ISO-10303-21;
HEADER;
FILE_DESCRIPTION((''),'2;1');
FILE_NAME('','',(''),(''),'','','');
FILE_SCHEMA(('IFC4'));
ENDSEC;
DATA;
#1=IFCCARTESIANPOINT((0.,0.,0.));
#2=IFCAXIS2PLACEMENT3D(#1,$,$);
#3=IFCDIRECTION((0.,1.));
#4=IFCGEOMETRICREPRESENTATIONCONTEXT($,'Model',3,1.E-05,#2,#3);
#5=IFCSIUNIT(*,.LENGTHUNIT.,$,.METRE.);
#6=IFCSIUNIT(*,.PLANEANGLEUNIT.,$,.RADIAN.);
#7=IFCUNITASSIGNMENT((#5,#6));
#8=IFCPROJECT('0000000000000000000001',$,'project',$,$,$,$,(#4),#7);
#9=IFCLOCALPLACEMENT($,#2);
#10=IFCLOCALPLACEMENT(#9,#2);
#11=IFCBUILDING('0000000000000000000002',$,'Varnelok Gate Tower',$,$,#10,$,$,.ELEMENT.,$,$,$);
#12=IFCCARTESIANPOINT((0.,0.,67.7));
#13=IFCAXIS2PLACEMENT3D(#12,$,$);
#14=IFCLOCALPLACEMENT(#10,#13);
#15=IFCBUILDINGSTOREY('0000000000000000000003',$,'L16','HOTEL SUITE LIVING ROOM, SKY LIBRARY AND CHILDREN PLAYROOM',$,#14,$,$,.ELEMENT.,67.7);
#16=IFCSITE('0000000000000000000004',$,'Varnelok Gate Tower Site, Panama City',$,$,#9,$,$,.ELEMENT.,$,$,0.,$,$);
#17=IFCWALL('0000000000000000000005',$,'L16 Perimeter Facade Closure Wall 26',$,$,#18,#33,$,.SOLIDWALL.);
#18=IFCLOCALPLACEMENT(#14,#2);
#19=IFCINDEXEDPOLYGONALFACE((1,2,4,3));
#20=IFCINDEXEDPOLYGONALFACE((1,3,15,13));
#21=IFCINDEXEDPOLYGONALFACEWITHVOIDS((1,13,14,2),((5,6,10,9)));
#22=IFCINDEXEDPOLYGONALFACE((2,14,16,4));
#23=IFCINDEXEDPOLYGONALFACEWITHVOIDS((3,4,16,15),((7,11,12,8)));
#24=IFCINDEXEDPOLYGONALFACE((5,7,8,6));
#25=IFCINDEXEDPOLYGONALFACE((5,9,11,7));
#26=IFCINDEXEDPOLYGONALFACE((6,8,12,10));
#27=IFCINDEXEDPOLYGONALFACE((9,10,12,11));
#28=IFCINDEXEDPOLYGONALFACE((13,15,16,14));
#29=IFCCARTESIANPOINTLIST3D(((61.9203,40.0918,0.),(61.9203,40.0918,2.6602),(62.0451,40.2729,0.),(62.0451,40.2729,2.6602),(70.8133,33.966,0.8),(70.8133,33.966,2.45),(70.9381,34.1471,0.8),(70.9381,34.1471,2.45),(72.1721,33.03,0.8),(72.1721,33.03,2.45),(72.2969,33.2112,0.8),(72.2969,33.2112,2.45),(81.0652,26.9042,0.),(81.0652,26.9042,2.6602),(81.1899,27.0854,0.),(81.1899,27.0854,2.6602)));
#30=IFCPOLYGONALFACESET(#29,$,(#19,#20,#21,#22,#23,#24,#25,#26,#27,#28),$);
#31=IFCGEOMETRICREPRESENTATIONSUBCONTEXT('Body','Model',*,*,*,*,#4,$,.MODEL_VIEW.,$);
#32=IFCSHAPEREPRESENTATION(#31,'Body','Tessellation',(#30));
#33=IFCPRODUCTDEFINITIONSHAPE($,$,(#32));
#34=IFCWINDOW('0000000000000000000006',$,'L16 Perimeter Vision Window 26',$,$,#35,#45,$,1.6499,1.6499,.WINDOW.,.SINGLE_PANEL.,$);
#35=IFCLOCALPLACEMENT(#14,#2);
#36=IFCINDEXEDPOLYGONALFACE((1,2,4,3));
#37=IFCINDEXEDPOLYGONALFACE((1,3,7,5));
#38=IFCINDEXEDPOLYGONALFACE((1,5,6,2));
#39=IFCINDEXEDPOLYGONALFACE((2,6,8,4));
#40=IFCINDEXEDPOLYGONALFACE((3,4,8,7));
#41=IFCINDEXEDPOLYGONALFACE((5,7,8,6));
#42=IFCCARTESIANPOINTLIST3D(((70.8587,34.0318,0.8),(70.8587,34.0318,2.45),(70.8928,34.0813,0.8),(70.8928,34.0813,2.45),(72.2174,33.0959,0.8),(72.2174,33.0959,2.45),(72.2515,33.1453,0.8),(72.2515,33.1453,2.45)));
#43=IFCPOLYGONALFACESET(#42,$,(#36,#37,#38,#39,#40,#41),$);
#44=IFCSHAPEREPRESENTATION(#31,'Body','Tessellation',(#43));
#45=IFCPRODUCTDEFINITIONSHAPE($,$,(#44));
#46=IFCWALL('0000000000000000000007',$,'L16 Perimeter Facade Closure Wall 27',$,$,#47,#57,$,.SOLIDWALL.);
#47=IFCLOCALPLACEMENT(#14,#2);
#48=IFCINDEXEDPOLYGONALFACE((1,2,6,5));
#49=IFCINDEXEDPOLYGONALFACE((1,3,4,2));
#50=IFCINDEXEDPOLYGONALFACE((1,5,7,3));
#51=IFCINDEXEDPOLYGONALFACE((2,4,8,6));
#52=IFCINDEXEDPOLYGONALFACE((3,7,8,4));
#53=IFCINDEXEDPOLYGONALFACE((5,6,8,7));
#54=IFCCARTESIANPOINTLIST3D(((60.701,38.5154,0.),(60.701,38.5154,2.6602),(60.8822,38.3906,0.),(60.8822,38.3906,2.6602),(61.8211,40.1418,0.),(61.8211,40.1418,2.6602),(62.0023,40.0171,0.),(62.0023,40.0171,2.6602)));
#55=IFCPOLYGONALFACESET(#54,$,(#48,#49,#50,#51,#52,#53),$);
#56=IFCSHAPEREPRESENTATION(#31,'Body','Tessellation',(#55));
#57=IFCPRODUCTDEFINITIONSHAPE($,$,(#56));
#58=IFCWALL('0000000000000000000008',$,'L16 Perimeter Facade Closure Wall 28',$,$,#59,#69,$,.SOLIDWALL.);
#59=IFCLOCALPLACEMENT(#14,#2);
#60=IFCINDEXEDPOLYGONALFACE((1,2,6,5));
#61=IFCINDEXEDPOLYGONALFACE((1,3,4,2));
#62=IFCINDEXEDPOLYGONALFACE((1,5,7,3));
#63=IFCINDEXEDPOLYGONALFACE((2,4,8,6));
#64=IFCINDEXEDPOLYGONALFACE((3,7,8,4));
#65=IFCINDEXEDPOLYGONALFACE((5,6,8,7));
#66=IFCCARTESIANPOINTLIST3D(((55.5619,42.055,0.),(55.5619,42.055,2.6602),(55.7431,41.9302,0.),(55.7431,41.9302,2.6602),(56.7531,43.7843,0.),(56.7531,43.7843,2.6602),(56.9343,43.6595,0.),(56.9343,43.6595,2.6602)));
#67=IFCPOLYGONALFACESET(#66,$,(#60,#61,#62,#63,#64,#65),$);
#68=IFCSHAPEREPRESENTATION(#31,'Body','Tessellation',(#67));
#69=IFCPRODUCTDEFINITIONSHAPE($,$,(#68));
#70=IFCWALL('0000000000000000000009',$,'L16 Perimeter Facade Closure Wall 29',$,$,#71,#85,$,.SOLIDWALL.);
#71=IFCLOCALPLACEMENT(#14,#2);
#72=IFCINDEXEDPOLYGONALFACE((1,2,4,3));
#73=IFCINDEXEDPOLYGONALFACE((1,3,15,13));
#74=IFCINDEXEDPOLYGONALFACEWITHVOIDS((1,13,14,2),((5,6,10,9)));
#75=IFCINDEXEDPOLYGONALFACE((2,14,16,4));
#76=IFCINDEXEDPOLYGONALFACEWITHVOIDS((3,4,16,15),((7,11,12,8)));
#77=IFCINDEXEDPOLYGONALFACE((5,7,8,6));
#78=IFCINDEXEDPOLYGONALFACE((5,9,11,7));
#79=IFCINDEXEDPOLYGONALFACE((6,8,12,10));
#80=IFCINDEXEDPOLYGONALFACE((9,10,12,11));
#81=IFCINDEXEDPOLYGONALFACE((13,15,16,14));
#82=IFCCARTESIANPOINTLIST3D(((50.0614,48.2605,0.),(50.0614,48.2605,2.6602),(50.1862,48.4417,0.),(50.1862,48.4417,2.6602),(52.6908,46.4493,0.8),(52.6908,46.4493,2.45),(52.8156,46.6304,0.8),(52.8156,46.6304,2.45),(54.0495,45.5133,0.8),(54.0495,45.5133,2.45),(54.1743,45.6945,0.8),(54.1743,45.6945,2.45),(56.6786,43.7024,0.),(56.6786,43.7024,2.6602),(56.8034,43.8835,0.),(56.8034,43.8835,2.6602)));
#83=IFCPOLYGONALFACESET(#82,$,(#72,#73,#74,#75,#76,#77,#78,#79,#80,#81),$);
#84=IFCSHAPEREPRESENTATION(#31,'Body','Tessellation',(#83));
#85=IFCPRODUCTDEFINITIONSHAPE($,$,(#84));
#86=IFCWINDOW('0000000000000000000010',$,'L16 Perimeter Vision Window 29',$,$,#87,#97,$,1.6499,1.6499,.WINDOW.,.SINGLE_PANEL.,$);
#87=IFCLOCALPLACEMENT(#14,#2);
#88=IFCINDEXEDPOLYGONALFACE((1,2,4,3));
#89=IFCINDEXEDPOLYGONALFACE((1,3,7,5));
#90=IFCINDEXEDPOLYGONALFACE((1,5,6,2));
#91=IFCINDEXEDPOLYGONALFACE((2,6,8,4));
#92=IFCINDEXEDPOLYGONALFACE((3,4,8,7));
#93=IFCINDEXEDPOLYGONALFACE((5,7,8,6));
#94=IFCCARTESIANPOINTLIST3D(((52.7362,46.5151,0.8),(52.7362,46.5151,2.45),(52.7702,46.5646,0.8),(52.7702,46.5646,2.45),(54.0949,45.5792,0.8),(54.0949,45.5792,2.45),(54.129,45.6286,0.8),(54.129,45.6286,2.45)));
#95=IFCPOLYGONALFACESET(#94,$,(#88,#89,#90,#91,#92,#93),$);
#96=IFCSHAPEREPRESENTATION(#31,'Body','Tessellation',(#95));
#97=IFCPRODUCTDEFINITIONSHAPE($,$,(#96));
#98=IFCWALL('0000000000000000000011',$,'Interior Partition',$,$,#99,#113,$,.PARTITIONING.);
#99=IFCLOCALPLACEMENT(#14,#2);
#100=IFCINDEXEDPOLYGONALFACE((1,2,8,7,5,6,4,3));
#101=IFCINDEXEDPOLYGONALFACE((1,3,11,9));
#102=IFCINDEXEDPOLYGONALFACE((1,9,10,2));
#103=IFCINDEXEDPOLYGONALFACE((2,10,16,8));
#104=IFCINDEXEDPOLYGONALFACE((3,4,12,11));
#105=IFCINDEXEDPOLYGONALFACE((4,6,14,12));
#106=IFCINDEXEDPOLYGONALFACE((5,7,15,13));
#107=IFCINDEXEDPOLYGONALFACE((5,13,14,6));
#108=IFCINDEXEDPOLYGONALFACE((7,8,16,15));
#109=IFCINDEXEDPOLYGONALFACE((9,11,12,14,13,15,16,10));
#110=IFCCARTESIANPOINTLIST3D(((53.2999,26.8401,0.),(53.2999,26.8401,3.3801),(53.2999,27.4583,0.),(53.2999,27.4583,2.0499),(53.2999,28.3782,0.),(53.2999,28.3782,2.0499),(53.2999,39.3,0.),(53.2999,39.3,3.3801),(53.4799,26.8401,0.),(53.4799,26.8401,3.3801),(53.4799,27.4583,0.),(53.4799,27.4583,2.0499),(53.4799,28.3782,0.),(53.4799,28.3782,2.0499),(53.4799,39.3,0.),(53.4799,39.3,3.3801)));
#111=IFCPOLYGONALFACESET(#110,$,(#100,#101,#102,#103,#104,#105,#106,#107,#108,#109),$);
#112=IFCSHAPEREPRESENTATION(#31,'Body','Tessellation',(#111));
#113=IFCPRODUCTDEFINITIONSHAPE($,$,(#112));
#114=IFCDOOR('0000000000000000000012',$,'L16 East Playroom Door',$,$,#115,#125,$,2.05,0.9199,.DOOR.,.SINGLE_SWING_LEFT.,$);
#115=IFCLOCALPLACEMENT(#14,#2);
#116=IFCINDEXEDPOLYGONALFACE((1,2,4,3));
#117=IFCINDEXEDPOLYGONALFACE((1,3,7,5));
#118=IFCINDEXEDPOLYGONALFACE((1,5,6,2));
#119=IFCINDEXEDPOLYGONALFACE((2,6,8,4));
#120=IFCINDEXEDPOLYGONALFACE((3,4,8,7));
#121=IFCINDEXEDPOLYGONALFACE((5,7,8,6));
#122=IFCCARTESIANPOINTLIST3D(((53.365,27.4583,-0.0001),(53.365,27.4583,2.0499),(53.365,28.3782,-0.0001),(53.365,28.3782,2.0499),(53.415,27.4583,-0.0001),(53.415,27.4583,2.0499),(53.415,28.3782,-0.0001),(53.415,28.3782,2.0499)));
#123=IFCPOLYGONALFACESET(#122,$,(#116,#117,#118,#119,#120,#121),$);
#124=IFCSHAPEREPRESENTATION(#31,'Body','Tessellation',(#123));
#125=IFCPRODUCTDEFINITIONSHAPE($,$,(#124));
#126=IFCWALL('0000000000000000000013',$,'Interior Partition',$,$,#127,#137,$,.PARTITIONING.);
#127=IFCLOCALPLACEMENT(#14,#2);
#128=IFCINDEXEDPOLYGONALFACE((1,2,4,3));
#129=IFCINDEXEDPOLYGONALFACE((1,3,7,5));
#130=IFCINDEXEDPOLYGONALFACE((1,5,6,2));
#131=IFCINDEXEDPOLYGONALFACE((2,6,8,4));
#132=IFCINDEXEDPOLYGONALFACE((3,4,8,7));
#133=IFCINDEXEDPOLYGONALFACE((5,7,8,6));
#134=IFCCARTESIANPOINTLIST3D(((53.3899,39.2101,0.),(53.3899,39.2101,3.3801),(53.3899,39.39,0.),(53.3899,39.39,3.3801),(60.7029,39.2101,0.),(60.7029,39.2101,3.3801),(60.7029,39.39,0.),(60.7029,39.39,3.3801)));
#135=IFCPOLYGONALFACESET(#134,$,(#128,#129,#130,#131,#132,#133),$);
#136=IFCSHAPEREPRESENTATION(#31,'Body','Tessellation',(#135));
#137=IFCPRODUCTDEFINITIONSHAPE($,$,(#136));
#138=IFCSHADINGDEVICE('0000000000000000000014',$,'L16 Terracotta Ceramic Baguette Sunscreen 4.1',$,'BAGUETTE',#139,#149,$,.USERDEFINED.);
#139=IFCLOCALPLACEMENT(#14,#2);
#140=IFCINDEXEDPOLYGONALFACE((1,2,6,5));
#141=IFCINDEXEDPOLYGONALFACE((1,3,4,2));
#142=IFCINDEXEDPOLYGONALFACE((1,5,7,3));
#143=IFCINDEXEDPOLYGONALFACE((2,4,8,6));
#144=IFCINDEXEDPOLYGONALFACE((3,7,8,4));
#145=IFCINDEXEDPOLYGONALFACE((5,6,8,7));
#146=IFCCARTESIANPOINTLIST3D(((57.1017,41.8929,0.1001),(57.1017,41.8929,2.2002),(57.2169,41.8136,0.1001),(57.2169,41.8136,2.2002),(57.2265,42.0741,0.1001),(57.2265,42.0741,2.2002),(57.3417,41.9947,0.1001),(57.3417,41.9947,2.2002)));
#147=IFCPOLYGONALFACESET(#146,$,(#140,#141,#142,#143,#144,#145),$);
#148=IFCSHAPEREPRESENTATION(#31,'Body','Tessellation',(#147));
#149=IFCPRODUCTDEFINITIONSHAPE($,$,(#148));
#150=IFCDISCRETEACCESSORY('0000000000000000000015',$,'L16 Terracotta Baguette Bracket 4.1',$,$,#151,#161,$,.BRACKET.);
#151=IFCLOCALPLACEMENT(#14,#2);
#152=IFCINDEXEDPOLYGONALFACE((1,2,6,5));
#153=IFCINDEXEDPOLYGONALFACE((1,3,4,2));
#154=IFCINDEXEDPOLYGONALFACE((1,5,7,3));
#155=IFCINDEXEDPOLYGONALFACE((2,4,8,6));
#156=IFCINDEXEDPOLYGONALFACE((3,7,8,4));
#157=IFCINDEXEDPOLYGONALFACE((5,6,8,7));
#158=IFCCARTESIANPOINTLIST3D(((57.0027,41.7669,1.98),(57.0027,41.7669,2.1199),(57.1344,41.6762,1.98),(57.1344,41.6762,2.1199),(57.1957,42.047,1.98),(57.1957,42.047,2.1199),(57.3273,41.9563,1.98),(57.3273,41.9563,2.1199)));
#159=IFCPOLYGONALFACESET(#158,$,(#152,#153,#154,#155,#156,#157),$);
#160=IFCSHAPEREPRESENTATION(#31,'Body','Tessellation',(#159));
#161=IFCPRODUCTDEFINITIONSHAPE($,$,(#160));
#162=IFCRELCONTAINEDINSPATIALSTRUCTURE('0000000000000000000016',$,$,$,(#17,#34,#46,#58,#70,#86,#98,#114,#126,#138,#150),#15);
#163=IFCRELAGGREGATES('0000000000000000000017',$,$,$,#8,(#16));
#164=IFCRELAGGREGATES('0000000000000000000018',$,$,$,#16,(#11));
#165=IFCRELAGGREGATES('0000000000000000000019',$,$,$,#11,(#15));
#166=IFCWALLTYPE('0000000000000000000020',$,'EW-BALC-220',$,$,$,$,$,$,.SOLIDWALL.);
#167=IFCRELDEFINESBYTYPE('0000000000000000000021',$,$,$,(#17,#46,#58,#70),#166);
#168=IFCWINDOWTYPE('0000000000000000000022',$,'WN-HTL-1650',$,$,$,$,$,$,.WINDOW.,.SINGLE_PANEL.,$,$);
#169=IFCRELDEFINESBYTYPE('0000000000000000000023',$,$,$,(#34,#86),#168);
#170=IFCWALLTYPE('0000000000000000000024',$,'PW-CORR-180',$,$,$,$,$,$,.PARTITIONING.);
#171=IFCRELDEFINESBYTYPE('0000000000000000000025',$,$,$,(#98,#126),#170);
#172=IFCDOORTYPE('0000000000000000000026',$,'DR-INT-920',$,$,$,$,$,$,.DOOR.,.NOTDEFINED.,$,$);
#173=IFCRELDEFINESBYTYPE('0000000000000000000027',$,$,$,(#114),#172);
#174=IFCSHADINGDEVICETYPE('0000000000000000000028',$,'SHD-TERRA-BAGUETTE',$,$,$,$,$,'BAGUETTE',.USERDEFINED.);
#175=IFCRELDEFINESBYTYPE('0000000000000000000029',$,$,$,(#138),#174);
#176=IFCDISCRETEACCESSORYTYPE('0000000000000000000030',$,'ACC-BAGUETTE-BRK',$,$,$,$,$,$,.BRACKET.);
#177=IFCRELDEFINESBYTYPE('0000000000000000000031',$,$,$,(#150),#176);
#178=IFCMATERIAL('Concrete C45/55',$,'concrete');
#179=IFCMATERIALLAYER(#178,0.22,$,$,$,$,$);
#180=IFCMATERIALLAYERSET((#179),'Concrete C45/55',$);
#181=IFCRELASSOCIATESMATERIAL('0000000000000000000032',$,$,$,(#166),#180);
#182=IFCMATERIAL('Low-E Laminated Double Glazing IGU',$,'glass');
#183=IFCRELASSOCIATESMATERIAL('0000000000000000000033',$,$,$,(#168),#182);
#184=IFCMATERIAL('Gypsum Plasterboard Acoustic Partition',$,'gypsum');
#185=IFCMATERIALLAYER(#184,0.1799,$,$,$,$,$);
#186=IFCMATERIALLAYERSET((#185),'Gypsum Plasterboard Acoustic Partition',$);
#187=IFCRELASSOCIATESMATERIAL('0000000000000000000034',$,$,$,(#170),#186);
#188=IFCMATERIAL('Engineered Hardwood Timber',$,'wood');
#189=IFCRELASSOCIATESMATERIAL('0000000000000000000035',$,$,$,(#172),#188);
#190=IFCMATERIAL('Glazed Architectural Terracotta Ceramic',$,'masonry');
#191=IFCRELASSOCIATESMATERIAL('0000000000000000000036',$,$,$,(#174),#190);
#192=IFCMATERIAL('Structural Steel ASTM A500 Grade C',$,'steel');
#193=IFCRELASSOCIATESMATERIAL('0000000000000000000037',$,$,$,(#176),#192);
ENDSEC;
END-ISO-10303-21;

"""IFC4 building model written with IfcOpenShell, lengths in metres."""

from ifc_helpers import new_model, si_unit, direction, frame, frame_2d, origin, origin_2d, place, context, subcontext, project, spatial, rectangle, extrude, source, transform, mapped, material, layer, layer_set, type_object, element, fill, save


model = new_model("IFC4")

# Units and contexts
model_context = context("Model", 3, precision=1e-05, world=origin(), true_north=direction((0.0, 1.0)))
body_context = subcontext(model_context, "Body", "Model", "MODEL_VIEW")
ifc_project = project(units=[si_unit("LENGTHUNIT", "METRE"), si_unit("PLANEANGLEUNIT", "RADIAN")], contexts=[model_context])

# Site, building, storey
site_placement = place(None, origin())
site = spatial("IfcSite", under=ifc_project, at=site_placement, Name="Varnelok Gate Tower Site, Panama City", CompositionType="ELEMENT", RefElevation=0.0)
building_placement = place(site_placement, origin())
building = spatial("IfcBuilding", under=site, at=building_placement, Name="Varnelok Gate Tower", CompositionType="ELEMENT")
storey_placement = place(building_placement, frame((0.0, 0.0, 67.7)))
storey = spatial("IfcBuildingStorey", under=building, at=storey_placement, Name="L16", Description="HOTEL SUITE LIVING ROOM, SKY LIBRARY AND CHILDREN PLAYROOM", CompositionType="ELEMENT", Elevation=67.7)

# Shared definitions
ifc_material_1 = material(Name="Concrete C45/55", Category="concrete")
ifc_layer_1 = layer(ifc_material_1, 0.22)
ifc_layer_set_1 = layer_set([ifc_layer_1], Name="Concrete C45/55")
wall_type_1 = type_object("IfcWallType", Name="EW-BALC-220", PredefinedType="SOLIDWALL", material=ifc_layer_set_1)

# Wall, opening, window
wall_1_placement = place(storey_placement, frame((81.1274, 26.9949, 0.0), z_axis=(0.0, 0.0, 1.0), x_axis=(-0.82353, 0.567272, 0.0)))
wall_1 = element("IfcWall", 1, at=wall_1_placement, inside=storey, type_object=wall_type_1, Name="L16 Perimeter Facade Closure Wall 26", PredefinedType="SOLIDWALL", context=body_context, shape_type="SweptSolid", body=[
    extrude(rectangle(XDim=23.2473, YDim=0.22, at=frame_2d((11.6235, 0.0))), origin(), (0.0, 0.0, 1.0), 2.6602),
])
opening_1_placement = place(wall_1_placement, frame((10.7986, 0.0, 0.8)))
opening_1 = element("IfcOpeningElement", 2, at=opening_1_placement, cuts=wall_1, PredefinedType="OPENING", context=body_context, shape_type="SweptSolid", body=[
    extrude(rectangle(XDim=1.6499, YDim=1.6499, at=frame_2d((0.825, 0.825))), frame((0.0, 0.1199, 0.0), z_axis=(0.0, -1.0, 0.0), x_axis=(1.0, 0.0, 0.0)), (0.0, 0.0, 1.0), 0.24),
])
ifc_material_2 = material(Name="Low-E Laminated Double Glazing IGU", Category="glass")
window_type = type_object("IfcWindowType", Name="WN-HTL-1650", PartitioningType="SINGLE_PANEL", PredefinedType="WINDOW", material=ifc_material_2)
window_1_placement = place(opening_1_placement, origin())
window_1 = element("IfcWindow", 3, at=window_1_placement, inside=storey, type_object=window_type, Name="L16 Perimeter Vision Window 26", OverallHeight=1.6499, OverallWidth=1.6499, PartitioningType="SINGLE_PANEL", PredefinedType="WINDOW", context=body_context, shape_type="SweptSolid", body=[
    extrude(rectangle(XDim=1.6499, YDim=1.6499, at=frame_2d((0.825, 0.825))), frame((0.0, 0.03, 0.0), z_axis=(0.0, -1.0, 0.0), x_axis=(1.0, 0.0, 0.0)), (0.0, 0.0, 1.0), 0.0601),
])
fill(opening_1, window_1)

# Walls
wall_2_placement = place(storey_placement, frame((61.9116, 40.0793, 0.0), z_axis=(0.0, 0.0, 1.0), x_axis=(-0.56719, -0.823587, 0.0)))
element("IfcWall", 4, at=wall_2_placement, inside=storey, type_object=wall_type_1, Name="L16 Perimeter Facade Closure Wall 27", PredefinedType="SOLIDWALL", context=body_context, shape_type="SweptSolid", body=[
    extrude(rectangle(XDim=1.9749, YDim=0.22, at=frame_2d((0.9873, 0.0))), origin(), (0.0, 0.0, 1.0), 2.6602),
])
wall_3_placement = place(storey_placement, frame((55.6526, 41.9927, 0.0), z_axis=(0.0, 0.0, 1.0), x_axis=(0.567274, 0.823529, 0.0)))
element("IfcWall", 5, at=wall_3_placement, inside=storey, type_object=wall_type_1, Name="L16 Perimeter Facade Closure Wall 28", PredefinedType="SOLIDWALL", context=body_context, shape_type="SweptSolid", body=[
    extrude(rectangle(XDim=2.0999, YDim=0.22, at=frame_2d((1.0498, 0.0))), origin(), (0.0, 0.0, 1.0), 2.6602),
])

# Wall, opening, window
wall_4_placement = place(storey_placement, frame((56.741, 43.793, 0.0), z_axis=(0.0, 0.0, 1.0), x_axis=(-0.823531, 0.567271, 0.0)))
wall_4 = element("IfcWall", 6, at=wall_4_placement, inside=storey, type_object=wall_type_1, Name="L16 Perimeter Facade Closure Wall 29", PredefinedType="SOLIDWALL", context=body_context, shape_type="SweptSolid", body=[
    extrude(rectangle(XDim=8.0352, YDim=0.22, at=frame_2d((4.0176, 0.0))), origin(), (0.0, 0.0, 1.0), 2.6602),
])
opening_2_placement = place(wall_4_placement, frame((3.1924, 0.0, 0.8)))
opening_2 = element("IfcOpeningElement", 7, at=opening_2_placement, cuts=wall_4, PredefinedType="OPENING", context=body_context, shape_type="SweptSolid", body=[
    extrude(rectangle(XDim=1.6499, YDim=1.6499, at=frame_2d((0.825, 0.825))), frame((0.0, 0.1199, 0.0), z_axis=(0.0, -1.0, 0.0), x_axis=(1.0, 0.0, 0.0)), (0.0, 0.0, 1.0), 0.24),
])
window_2_placement = place(opening_2_placement, origin())
window_2 = element("IfcWindow", 8, at=window_2_placement, inside=storey, type_object=window_type, Name="L16 Perimeter Vision Window 29", OverallHeight=1.6499, OverallWidth=1.6499, PartitioningType="SINGLE_PANEL", PredefinedType="WINDOW", context=body_context, shape_type="SweptSolid", body=[
    extrude(rectangle(XDim=1.6499, YDim=1.6499, at=frame_2d((0.825, 0.825))), frame((0.0, 0.03, 0.0), z_axis=(0.0, -1.0, 0.0), x_axis=(1.0, 0.0, 0.0)), (0.0, 0.0, 1.0), 0.0601),
])
fill(opening_2, window_2)

# Wall, opening, door
ifc_material_3 = material(Name="Gypsum Plasterboard Acoustic Partition", Category="gypsum")
ifc_layer_2 = layer(ifc_material_3, 0.1799)
ifc_layer_set_2 = layer_set([ifc_layer_2], Name="Gypsum Plasterboard Acoustic Partition")
wall_type_2 = type_object("IfcWallType", Name="PW-CORR-180", PredefinedType="PARTITIONING", material=ifc_layer_set_2)
wall_5_placement = place(storey_placement, frame((53.3899, 26.8401, 0.0), z_axis=(0.0, 0.0, 1.0), x_axis=(0.0, 1.0, 0.0)))
wall_5 = element("IfcWall", 9, at=wall_5_placement, inside=storey, type_object=wall_type_2, Name="Interior Partition", PredefinedType="PARTITIONING", context=body_context, shape_type="SweptSolid", body=[
    extrude(rectangle(XDim=12.46, YDim=0.1799, at=frame_2d((6.23, 0.0))), origin(), (0.0, 0.0, 1.0), 3.3801),
])
opening_3_placement = place(wall_5_placement, frame((0.6182, 0.0, 0.0)))
opening_3 = element("IfcOpeningElement", 10, at=opening_3_placement, cuts=wall_5, PredefinedType="OPENING", context=body_context, shape_type="SweptSolid", body=[
    extrude(rectangle(XDim=0.9199, YDim=2.05, at=frame_2d((0.46, 1.0249))), frame((0.0, 0.0999, 0.0), z_axis=(0.0, -1.0, 0.0), x_axis=(1.0, 0.0, 0.0)), (0.0, 0.0, 1.0), 0.2),
])
ifc_material_4 = material(Name="Engineered Hardwood Timber", Category="wood")
door_type_1 = type_object("IfcDoorType", Name="DR-INT-920", OperationType="NOTDEFINED", PredefinedType="DOOR", material=ifc_material_4)
door_1_placement = place(opening_3_placement, origin())
door_1 = element("IfcDoor", 11, at=door_1_placement, inside=storey, type_object=door_type_1, Name="L16 East Playroom Door", OperationType="SINGLE_SWING_LEFT", OverallHeight=2.05, OverallWidth=0.9199, PredefinedType="DOOR", context=body_context, shape_type="SweptSolid", body=[
    extrude(rectangle(XDim=0.9199, YDim=2.05, at=frame_2d((0.46, 1.0249))), frame((0.0, 0.0249, 0.0), z_axis=(0.0, -1.0, 0.0), x_axis=(1.0, 0.0, 0.0)), (0.0, 0.0, 1.0), 0.05),
])
fill(opening_3, door_1)

# Wall
wall_6_placement = place(storey_placement, frame((53.3899, 39.3, 0.0), z_axis=(0.0, 0.0, 1.0), x_axis=(1.0, 0.0, 0.0)))
element("IfcWall", 12, at=wall_6_placement, inside=storey, type_object=wall_type_2, Name="Interior Partition", PredefinedType="PARTITIONING", context=body_context, shape_type="SweptSolid", body=[
    extrude(rectangle(XDim=7.313, YDim=0.1799, at=frame_2d((3.6565, 0.0))), origin(), (0.0, 0.0, 1.0), 3.3801),
])

# Shading device
ifc_material_5 = material(Name="Glazed Architectural Terracotta Ceramic", Category="masonry")
shading_device_type = type_object("IfcShadingDeviceType", Name="SHD-TERRA-BAGUETTE", ElementType="BAGUETTE", PredefinedType="USERDEFINED", material=ifc_material_5)
shared_shape_1 = source(origin(), body_context, "Body", "SweptSolid", [
    extrude(rectangle(XDim=0.1399, YDim=0.22, at=origin_2d()), origin(), (0.0, 0.0, 1.0), 2.1001),
])
shading_device_placement = place(storey_placement, frame((57.2217, 41.9438, 0.1001), z_axis=(0.0, 0.0, 1.0), x_axis=(0.823533, -0.567269, 0.0)))
element("IfcShadingDevice", 13, at=shading_device_placement, inside=storey, type_object=shading_device_type, Name="L16 Terracotta Ceramic Baguette Sunscreen 4.1", ObjectType="BAGUETTE", PredefinedType="USERDEFINED", context=body_context, shape_type="MappedRepresentation", body=[
    mapped(shared_shape_1, transform((0.0, 0.0, 0.0), scale=1.0)),
])

# Discrete accessory
ifc_material_6 = material(Name="Structural Steel ASTM A500 Grade C", Category="steel")
discrete_accessory_type = type_object("IfcDiscreteAccessoryType", Name="ACC-BAGUETTE-BRK", PredefinedType="BRACKET", material=ifc_material_6)
shared_shape_2 = source(origin(), body_context, "Body", "SweptSolid", [
    extrude(rectangle(XDim=0.1599, YDim=0.3401, at=origin_2d()), origin(), (0.0, 0.0, 1.0), 0.1399),
])
discrete_accessory_placement = place(storey_placement, frame((57.165, 41.8616, 1.98), z_axis=(0.0, 0.0, 1.0), x_axis=(0.823533, -0.567269, 0.0)))
element("IfcDiscreteAccessory", 14, at=discrete_accessory_placement, inside=storey, type_object=discrete_accessory_type, Name="L16 Terracotta Baguette Bracket 4.1", PredefinedType="BRACKET", context=body_context, shape_type="MappedRepresentation", body=[
    mapped(shared_shape_2, transform((0.0, 0.0, 0.0), scale=1.0)),
])

save(model, "model.ifc")
